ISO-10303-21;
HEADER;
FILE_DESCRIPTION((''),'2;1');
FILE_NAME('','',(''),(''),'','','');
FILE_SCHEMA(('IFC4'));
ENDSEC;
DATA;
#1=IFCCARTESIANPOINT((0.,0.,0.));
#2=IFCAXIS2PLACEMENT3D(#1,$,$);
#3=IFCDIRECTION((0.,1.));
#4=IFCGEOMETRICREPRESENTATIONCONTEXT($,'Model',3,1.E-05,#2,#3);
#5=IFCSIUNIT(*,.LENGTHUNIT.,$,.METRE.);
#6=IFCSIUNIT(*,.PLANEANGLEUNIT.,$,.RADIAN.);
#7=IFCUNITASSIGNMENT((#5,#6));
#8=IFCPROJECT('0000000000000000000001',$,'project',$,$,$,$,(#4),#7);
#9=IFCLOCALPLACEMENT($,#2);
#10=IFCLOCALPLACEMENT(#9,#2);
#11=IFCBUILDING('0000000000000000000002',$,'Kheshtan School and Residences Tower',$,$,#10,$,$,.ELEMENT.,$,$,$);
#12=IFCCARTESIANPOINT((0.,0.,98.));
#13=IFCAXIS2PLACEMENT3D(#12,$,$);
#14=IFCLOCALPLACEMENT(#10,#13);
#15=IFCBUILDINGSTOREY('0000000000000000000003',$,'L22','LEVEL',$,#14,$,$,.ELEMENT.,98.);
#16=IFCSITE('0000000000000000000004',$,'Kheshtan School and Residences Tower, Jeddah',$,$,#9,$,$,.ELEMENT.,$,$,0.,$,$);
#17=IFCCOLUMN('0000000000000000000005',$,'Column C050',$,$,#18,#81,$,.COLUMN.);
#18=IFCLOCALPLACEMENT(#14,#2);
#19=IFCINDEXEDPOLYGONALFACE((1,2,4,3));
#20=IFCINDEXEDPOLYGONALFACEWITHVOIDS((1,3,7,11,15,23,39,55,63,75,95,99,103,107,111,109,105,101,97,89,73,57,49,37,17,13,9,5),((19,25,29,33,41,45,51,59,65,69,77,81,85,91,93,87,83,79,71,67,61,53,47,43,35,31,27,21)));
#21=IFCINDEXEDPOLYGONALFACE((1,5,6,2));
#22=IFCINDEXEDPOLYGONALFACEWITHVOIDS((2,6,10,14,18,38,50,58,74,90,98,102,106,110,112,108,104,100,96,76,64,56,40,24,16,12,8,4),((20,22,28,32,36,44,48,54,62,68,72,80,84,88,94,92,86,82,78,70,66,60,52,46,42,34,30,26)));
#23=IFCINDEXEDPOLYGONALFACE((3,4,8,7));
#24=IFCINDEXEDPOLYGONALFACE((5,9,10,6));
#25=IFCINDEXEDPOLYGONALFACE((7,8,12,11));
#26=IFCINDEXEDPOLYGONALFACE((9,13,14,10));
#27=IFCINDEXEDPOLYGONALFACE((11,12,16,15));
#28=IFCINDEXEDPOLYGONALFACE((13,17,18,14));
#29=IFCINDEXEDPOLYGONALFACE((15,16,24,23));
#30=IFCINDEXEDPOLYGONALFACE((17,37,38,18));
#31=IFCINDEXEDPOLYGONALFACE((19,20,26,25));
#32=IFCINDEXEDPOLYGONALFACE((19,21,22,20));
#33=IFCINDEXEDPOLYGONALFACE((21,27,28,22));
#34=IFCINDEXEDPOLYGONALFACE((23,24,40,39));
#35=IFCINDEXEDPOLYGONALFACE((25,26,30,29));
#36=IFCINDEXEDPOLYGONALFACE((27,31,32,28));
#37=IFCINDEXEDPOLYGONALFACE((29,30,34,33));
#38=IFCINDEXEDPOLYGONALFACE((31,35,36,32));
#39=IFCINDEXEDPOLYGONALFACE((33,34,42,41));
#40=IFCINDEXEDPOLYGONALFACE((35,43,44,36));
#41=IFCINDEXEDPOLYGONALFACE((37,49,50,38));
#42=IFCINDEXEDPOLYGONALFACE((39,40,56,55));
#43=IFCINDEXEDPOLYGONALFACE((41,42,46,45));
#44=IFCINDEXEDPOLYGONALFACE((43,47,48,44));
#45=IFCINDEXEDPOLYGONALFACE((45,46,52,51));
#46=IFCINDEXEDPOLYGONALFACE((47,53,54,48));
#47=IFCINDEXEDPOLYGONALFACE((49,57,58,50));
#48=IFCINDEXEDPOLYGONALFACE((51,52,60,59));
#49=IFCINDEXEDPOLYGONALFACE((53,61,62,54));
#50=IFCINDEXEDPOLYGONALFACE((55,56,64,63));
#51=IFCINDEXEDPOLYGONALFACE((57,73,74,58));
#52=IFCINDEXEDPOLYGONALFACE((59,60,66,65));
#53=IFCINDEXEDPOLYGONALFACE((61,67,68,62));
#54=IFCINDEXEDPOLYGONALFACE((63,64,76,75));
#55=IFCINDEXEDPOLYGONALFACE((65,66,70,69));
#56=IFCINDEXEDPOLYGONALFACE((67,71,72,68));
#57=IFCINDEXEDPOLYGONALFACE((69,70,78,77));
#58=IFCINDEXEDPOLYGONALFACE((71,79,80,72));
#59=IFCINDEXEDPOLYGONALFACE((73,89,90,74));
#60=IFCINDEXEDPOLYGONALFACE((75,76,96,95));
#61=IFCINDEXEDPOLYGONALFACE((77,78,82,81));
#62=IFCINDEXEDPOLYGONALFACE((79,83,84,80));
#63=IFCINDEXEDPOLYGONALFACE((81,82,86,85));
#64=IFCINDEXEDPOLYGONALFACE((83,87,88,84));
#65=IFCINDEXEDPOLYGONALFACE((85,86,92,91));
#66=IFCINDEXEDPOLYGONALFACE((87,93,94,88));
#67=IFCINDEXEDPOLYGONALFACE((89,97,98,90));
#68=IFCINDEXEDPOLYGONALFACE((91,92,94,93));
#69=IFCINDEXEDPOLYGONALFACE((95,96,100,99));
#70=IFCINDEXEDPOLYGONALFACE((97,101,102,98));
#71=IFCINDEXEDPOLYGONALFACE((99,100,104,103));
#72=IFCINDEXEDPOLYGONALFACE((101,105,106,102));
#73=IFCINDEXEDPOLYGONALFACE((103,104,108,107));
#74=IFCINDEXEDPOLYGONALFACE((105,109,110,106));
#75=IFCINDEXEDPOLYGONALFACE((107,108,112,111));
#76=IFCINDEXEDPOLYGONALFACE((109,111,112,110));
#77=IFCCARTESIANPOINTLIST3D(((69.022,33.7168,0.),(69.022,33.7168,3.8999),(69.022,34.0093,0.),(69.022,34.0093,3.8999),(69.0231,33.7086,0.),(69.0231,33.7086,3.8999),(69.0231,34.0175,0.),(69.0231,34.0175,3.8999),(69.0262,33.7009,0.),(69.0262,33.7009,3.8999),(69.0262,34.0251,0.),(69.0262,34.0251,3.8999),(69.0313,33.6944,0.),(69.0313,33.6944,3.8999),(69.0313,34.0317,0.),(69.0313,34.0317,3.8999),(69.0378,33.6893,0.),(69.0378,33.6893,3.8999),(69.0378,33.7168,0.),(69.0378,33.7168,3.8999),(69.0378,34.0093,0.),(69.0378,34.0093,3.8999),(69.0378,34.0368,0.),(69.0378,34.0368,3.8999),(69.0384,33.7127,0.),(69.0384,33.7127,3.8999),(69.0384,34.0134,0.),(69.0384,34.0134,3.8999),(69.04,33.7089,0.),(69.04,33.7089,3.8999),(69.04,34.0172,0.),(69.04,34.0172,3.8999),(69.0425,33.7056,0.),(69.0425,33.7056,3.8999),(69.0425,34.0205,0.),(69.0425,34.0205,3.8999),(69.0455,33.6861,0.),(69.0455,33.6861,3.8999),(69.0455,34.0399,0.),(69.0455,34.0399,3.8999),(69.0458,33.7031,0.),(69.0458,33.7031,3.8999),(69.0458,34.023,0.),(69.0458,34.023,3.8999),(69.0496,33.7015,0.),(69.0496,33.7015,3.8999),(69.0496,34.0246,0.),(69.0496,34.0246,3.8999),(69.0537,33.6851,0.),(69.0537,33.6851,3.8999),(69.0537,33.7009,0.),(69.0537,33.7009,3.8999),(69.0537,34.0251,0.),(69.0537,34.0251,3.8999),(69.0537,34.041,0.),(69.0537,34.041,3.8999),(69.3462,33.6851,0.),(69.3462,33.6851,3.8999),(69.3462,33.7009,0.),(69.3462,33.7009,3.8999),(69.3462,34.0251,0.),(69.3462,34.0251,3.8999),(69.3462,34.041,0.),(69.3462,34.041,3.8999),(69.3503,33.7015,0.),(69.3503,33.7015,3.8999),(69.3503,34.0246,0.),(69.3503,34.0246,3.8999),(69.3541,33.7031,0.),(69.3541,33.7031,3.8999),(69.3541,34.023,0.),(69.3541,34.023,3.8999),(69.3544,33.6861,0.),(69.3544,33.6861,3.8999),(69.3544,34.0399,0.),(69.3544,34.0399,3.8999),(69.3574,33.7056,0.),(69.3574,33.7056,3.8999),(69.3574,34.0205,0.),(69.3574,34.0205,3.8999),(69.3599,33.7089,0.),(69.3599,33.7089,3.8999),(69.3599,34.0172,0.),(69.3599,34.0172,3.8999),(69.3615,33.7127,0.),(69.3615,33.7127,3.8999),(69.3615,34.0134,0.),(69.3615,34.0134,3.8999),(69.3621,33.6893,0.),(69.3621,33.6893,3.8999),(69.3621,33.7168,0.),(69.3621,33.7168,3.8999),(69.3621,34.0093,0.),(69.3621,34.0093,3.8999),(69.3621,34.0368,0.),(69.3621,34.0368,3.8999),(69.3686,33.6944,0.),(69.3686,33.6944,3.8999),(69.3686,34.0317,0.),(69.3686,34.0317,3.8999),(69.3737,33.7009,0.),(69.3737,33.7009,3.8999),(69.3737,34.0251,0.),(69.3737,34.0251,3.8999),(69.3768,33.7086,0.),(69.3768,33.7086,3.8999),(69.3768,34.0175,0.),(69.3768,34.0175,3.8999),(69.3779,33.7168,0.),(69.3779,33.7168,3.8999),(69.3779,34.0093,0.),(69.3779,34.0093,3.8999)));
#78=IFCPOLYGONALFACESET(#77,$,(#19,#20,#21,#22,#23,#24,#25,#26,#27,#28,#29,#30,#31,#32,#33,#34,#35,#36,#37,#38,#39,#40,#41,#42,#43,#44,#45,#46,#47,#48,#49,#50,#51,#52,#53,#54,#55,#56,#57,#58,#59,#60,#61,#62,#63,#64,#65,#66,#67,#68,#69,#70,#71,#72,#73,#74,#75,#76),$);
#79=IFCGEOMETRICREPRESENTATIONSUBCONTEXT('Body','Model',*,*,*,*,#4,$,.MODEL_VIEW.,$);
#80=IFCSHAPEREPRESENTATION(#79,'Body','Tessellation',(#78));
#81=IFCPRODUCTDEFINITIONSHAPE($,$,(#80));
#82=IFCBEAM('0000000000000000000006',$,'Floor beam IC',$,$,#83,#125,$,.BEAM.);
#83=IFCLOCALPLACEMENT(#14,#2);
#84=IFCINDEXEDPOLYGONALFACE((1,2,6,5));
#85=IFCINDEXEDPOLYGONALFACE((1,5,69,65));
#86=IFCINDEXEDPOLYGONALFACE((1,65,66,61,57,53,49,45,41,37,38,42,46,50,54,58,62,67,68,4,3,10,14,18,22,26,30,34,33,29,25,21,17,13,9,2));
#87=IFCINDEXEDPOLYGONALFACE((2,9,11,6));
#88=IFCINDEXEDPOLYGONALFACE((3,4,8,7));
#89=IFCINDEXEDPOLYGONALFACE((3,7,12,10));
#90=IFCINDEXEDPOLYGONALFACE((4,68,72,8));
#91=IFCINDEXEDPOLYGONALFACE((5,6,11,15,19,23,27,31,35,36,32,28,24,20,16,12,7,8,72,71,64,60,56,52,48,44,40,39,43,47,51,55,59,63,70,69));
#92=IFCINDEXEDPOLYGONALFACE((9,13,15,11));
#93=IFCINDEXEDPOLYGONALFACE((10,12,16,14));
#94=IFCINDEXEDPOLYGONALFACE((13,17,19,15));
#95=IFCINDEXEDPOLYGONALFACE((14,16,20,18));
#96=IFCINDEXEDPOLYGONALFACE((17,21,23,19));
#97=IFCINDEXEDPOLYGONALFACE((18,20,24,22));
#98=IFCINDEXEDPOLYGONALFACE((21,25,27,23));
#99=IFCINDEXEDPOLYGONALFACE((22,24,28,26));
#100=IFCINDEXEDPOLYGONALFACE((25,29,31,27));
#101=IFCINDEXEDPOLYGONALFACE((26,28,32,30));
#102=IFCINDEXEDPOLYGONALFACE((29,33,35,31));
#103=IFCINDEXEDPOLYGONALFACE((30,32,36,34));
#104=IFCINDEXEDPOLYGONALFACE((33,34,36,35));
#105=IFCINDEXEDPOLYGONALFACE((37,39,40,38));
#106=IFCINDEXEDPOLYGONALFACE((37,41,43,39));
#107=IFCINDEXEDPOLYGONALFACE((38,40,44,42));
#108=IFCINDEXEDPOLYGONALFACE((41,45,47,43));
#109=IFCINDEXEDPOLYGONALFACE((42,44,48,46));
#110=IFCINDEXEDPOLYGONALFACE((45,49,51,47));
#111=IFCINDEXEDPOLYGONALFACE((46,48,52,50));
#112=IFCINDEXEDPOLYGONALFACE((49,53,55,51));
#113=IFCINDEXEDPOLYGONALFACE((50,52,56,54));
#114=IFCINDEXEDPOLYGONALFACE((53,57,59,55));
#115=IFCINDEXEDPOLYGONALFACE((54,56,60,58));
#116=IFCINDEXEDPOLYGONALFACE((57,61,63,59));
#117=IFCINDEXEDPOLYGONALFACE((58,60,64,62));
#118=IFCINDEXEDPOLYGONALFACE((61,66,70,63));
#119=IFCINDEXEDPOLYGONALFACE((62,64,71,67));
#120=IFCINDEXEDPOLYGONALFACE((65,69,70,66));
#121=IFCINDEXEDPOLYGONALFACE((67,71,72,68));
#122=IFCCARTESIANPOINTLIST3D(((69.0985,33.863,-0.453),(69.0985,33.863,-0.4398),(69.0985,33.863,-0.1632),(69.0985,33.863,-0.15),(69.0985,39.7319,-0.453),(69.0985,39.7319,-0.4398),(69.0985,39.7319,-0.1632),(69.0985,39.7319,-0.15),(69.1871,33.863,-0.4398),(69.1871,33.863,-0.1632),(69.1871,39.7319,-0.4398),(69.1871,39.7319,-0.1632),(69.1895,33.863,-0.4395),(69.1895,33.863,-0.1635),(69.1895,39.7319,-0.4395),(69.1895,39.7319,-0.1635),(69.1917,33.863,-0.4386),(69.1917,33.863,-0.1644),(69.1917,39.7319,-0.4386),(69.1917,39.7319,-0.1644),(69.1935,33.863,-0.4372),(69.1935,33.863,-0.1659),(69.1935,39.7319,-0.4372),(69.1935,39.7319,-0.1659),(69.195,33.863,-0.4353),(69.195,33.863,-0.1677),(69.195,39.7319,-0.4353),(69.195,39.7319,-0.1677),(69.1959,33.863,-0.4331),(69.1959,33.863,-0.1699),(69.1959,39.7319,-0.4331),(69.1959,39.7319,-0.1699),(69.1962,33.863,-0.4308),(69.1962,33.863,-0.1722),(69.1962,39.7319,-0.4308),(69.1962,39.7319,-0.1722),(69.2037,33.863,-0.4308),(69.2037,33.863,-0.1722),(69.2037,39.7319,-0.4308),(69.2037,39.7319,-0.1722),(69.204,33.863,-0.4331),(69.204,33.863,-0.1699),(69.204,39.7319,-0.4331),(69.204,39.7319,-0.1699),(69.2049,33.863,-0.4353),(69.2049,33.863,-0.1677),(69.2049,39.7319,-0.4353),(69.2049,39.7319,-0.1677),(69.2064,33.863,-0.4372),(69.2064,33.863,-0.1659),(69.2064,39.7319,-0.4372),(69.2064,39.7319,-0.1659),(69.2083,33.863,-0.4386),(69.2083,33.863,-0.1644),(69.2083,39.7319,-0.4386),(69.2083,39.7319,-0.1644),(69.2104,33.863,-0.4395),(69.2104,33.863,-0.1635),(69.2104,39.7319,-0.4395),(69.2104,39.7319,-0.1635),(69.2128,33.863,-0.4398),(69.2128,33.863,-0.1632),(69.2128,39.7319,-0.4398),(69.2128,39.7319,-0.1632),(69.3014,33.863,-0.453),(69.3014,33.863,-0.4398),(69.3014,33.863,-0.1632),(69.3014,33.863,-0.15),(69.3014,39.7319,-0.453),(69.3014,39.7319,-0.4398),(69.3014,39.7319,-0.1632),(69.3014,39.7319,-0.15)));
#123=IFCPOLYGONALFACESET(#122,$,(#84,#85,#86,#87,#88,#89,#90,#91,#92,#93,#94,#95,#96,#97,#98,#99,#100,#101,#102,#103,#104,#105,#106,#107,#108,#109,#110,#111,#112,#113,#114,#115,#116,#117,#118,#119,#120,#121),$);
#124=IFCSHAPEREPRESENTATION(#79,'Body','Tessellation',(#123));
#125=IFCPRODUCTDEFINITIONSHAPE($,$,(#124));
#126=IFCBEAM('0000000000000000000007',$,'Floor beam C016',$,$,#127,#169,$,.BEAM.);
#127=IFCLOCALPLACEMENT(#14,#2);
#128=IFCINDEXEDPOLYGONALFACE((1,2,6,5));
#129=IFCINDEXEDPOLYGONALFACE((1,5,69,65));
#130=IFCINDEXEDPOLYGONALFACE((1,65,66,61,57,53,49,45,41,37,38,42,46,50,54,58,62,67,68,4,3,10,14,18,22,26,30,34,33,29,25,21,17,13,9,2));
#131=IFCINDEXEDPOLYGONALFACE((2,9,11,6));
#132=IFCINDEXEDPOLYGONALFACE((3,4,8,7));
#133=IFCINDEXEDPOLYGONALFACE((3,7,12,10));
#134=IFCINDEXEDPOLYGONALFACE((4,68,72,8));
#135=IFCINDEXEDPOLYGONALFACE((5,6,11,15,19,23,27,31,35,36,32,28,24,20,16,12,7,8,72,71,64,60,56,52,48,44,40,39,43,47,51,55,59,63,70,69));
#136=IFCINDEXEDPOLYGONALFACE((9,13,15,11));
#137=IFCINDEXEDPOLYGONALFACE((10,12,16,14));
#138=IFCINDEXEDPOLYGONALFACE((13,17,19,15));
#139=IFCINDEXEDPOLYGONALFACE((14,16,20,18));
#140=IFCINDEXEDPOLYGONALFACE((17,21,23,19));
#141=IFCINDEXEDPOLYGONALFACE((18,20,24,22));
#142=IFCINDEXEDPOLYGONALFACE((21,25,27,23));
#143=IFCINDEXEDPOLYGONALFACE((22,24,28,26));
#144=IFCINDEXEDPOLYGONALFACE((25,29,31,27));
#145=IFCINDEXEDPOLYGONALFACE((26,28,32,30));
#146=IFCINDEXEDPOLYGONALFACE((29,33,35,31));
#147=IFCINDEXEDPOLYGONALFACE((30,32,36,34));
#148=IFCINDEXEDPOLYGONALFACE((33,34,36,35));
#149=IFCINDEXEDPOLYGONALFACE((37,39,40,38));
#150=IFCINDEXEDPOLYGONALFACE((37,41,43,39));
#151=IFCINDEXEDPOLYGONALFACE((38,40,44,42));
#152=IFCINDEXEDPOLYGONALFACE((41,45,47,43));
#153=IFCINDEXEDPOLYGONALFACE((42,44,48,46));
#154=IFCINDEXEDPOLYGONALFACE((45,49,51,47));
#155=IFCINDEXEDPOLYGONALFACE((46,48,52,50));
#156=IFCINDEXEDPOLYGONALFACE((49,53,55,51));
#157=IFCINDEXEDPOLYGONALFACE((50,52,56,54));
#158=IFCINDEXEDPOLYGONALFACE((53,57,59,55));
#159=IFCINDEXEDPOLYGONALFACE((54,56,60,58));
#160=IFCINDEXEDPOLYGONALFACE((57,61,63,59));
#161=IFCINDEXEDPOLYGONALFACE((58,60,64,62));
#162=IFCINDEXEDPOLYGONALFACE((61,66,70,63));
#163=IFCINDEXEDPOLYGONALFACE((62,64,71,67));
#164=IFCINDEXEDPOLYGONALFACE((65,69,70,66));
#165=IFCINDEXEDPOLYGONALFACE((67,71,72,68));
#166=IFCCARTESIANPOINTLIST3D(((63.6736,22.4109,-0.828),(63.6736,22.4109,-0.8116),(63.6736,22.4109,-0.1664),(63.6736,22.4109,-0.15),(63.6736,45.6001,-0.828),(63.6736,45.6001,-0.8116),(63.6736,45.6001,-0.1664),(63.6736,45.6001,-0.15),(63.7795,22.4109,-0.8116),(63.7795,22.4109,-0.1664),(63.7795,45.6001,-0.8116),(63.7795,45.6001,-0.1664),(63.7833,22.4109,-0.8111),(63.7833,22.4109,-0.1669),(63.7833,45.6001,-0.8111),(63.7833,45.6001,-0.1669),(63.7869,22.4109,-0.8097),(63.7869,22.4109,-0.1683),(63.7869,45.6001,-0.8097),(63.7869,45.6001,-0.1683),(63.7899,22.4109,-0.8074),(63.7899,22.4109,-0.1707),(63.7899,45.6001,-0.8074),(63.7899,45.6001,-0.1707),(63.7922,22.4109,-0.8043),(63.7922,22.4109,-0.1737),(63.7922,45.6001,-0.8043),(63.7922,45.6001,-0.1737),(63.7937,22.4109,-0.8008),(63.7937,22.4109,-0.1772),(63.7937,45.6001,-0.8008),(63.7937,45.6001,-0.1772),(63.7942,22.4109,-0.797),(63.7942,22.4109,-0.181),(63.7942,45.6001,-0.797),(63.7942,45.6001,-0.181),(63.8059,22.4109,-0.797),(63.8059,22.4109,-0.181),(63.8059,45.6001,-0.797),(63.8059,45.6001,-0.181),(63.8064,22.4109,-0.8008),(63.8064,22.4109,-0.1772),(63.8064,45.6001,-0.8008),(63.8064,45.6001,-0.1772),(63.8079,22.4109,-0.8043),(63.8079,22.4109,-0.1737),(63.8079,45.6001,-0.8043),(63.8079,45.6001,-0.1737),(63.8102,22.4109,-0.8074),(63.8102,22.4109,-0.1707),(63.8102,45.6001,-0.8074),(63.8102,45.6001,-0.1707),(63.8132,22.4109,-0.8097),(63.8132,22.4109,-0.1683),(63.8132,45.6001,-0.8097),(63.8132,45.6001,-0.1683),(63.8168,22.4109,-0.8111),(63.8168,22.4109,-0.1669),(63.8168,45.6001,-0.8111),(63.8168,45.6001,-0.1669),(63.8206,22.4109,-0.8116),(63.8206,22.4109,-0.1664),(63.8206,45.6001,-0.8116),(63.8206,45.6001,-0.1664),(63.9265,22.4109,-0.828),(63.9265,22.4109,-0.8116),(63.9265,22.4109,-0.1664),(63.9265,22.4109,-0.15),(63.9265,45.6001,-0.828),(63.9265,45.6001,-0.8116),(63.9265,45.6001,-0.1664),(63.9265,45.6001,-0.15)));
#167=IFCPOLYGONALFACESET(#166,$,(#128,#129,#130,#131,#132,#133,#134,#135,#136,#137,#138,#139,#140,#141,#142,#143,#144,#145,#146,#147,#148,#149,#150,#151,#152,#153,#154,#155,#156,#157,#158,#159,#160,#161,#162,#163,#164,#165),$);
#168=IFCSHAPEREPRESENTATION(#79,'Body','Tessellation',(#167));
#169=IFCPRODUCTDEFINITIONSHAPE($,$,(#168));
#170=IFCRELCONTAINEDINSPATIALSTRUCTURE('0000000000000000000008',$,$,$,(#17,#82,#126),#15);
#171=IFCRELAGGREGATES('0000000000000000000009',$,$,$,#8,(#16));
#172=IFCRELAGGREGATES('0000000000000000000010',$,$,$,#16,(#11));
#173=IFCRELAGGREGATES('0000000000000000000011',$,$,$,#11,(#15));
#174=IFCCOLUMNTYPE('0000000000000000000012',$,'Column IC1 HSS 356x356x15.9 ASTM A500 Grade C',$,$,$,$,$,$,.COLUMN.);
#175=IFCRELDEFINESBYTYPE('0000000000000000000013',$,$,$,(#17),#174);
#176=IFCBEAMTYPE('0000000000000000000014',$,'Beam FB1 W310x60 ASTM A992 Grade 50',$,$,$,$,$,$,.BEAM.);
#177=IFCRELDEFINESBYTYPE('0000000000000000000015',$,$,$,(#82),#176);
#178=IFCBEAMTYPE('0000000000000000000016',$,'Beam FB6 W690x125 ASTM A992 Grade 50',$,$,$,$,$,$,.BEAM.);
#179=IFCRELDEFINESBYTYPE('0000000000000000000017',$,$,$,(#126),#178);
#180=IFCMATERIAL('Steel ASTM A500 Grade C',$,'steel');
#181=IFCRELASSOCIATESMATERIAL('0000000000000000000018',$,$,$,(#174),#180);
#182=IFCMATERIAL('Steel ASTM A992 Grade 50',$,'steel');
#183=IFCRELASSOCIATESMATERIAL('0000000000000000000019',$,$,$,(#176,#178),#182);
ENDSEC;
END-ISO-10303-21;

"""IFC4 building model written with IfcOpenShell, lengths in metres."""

from ifc_helpers import new_model, si_unit, direction, frame, origin, origin_2d, place, context, subcontext, project, spatial, hollow_rectangle, i_section, extrude, material, material_profile, profile_set, type_object, element, save


model = new_model("IFC4")

# Units and contexts
model_context = context("Model", 3, precision=1e-05, world=origin(), true_north=direction((0.0, 1.0)))
body_context = subcontext(model_context, "Body", "Model", "MODEL_VIEW")
ifc_project = project(units=[si_unit("LENGTHUNIT", "METRE"), si_unit("PLANEANGLEUNIT", "RADIAN")], contexts=[model_context])

# Site, building, storey
site_placement = place(None, origin())
site = spatial("IfcSite", under=ifc_project, at=site_placement, Name="Kheshtan School and Residences Tower, Jeddah", CompositionType="ELEMENT", RefElevation=0.0)
building_placement = place(site_placement, origin())
building = spatial("IfcBuilding", under=site, at=building_placement, Name="Kheshtan School and Residences Tower", CompositionType="ELEMENT")
storey_placement = place(building_placement, frame((0.0, 0.0, 98.0)))
storey = spatial("IfcBuildingStorey", under=building, at=storey_placement, Name="L22", Description="LEVEL", CompositionType="ELEMENT", Elevation=98.0)

# Column
ifc_material_1 = material(Name="Steel ASTM A992 Grade 50", Category="steel")
ifc_material_2 = material(Name="Steel ASTM A500 Grade C", Category="steel")
ifc_material_profile_1 = material_profile(ifc_material_2, hollow_rectangle(XDim=0.356, YDim=0.356, WallThickness=0.0159, InnerFilletRadius=0.0159, OuterFilletRadius=0.0317, at=origin_2d()), Name="HSS 356x356x15.9")
ifc_profile_set_1 = profile_set([ifc_material_profile_1], Name="Steel ASTM A500 Grade C")
column_type_1 = type_object("IfcColumnType", Name="Column IC1 HSS 356x356x15.9 ASTM A500 Grade C", PredefinedType="COLUMN", material=ifc_profile_set_1)
column_placement = place(storey_placement, frame((69.2, 33.863, 0.0), z_axis=(0.0, 0.0, 1.0), x_axis=(1.0, 0.0, 0.0)))
element("IfcColumn", 1, at=column_placement, inside=storey, type_object=column_type_1, Name="Column C050", PredefinedType="COLUMN", context=body_context, shape_type="SweptSolid", body=[
    extrude(hollow_rectangle(XDim=0.356, YDim=0.356, WallThickness=0.0159, InnerFilletRadius=0.0159, OuterFilletRadius=0.0317, at=origin_2d()), origin(), (0.0, 0.0, 1.0), 3.8999),
])

# Beams
ifc_material_profile_2 = material_profile(ifc_material_1, i_section(OverallWidth=0.2029, OverallDepth=0.303, WebThickness=0.0076, FlangeThickness=0.0132, FilletRadius=0.009, at=origin_2d()), Name="W310x60")
ifc_profile_set_2 = profile_set([ifc_material_profile_2], Name="Steel ASTM A992 Grade 50")
beam_type_1 = type_object("IfcBeamType", Name="Beam FB1 W310x60 ASTM A992 Grade 50", PredefinedType="BEAM", material=ifc_profile_set_2)
beam_1_placement = place(storey_placement, frame((69.2, 33.863, -0.3015), z_axis=(0.0, 1.0, 0.0), x_axis=(-1.0, 0.0, 0.0)))
element("IfcBeam", 2, at=beam_1_placement, inside=storey, type_object=beam_type_1, Name="Floor beam IC", PredefinedType="BEAM", context=body_context, shape_type="SweptSolid", body=[
    extrude(i_section(OverallWidth=0.2029, OverallDepth=0.303, WebThickness=0.0076, FlangeThickness=0.0132, FilletRadius=0.009, at=origin_2d()), origin(), (0.0, 0.0, 1.0), 5.8689),
])
ifc_material_profile_3 = material_profile(ifc_material_1, i_section(OverallWidth=0.2529, OverallDepth=0.678, WebThickness=0.0117, FlangeThickness=0.0164, FilletRadius=0.0146, at=origin_2d()), Name="W690x125")
ifc_profile_set_3 = profile_set([ifc_material_profile_3], Name="Steel ASTM A992 Grade 50")
beam_type_2 = type_object("IfcBeamType", Name="Beam FB6 W690x125 ASTM A992 Grade 50", PredefinedType="BEAM", material=ifc_profile_set_3)
beam_2_placement = place(storey_placement, frame((63.8, 22.4109, -0.489), z_axis=(0.0, 1.0, 0.0), x_axis=(-1.0, 0.0, 0.0)))
element("IfcBeam", 3, at=beam_2_placement, inside=storey, type_object=beam_type_2, Name="Floor beam C016", PredefinedType="BEAM", context=body_context, shape_type="SweptSolid", body=[
    extrude(i_section(OverallWidth=0.2529, OverallDepth=0.678, WebThickness=0.0117, FlangeThickness=0.0164, FilletRadius=0.0146, at=origin_2d()), origin(), (0.0, 0.0, 1.0), 23.1892),
])

save(model, "model.ifc")
